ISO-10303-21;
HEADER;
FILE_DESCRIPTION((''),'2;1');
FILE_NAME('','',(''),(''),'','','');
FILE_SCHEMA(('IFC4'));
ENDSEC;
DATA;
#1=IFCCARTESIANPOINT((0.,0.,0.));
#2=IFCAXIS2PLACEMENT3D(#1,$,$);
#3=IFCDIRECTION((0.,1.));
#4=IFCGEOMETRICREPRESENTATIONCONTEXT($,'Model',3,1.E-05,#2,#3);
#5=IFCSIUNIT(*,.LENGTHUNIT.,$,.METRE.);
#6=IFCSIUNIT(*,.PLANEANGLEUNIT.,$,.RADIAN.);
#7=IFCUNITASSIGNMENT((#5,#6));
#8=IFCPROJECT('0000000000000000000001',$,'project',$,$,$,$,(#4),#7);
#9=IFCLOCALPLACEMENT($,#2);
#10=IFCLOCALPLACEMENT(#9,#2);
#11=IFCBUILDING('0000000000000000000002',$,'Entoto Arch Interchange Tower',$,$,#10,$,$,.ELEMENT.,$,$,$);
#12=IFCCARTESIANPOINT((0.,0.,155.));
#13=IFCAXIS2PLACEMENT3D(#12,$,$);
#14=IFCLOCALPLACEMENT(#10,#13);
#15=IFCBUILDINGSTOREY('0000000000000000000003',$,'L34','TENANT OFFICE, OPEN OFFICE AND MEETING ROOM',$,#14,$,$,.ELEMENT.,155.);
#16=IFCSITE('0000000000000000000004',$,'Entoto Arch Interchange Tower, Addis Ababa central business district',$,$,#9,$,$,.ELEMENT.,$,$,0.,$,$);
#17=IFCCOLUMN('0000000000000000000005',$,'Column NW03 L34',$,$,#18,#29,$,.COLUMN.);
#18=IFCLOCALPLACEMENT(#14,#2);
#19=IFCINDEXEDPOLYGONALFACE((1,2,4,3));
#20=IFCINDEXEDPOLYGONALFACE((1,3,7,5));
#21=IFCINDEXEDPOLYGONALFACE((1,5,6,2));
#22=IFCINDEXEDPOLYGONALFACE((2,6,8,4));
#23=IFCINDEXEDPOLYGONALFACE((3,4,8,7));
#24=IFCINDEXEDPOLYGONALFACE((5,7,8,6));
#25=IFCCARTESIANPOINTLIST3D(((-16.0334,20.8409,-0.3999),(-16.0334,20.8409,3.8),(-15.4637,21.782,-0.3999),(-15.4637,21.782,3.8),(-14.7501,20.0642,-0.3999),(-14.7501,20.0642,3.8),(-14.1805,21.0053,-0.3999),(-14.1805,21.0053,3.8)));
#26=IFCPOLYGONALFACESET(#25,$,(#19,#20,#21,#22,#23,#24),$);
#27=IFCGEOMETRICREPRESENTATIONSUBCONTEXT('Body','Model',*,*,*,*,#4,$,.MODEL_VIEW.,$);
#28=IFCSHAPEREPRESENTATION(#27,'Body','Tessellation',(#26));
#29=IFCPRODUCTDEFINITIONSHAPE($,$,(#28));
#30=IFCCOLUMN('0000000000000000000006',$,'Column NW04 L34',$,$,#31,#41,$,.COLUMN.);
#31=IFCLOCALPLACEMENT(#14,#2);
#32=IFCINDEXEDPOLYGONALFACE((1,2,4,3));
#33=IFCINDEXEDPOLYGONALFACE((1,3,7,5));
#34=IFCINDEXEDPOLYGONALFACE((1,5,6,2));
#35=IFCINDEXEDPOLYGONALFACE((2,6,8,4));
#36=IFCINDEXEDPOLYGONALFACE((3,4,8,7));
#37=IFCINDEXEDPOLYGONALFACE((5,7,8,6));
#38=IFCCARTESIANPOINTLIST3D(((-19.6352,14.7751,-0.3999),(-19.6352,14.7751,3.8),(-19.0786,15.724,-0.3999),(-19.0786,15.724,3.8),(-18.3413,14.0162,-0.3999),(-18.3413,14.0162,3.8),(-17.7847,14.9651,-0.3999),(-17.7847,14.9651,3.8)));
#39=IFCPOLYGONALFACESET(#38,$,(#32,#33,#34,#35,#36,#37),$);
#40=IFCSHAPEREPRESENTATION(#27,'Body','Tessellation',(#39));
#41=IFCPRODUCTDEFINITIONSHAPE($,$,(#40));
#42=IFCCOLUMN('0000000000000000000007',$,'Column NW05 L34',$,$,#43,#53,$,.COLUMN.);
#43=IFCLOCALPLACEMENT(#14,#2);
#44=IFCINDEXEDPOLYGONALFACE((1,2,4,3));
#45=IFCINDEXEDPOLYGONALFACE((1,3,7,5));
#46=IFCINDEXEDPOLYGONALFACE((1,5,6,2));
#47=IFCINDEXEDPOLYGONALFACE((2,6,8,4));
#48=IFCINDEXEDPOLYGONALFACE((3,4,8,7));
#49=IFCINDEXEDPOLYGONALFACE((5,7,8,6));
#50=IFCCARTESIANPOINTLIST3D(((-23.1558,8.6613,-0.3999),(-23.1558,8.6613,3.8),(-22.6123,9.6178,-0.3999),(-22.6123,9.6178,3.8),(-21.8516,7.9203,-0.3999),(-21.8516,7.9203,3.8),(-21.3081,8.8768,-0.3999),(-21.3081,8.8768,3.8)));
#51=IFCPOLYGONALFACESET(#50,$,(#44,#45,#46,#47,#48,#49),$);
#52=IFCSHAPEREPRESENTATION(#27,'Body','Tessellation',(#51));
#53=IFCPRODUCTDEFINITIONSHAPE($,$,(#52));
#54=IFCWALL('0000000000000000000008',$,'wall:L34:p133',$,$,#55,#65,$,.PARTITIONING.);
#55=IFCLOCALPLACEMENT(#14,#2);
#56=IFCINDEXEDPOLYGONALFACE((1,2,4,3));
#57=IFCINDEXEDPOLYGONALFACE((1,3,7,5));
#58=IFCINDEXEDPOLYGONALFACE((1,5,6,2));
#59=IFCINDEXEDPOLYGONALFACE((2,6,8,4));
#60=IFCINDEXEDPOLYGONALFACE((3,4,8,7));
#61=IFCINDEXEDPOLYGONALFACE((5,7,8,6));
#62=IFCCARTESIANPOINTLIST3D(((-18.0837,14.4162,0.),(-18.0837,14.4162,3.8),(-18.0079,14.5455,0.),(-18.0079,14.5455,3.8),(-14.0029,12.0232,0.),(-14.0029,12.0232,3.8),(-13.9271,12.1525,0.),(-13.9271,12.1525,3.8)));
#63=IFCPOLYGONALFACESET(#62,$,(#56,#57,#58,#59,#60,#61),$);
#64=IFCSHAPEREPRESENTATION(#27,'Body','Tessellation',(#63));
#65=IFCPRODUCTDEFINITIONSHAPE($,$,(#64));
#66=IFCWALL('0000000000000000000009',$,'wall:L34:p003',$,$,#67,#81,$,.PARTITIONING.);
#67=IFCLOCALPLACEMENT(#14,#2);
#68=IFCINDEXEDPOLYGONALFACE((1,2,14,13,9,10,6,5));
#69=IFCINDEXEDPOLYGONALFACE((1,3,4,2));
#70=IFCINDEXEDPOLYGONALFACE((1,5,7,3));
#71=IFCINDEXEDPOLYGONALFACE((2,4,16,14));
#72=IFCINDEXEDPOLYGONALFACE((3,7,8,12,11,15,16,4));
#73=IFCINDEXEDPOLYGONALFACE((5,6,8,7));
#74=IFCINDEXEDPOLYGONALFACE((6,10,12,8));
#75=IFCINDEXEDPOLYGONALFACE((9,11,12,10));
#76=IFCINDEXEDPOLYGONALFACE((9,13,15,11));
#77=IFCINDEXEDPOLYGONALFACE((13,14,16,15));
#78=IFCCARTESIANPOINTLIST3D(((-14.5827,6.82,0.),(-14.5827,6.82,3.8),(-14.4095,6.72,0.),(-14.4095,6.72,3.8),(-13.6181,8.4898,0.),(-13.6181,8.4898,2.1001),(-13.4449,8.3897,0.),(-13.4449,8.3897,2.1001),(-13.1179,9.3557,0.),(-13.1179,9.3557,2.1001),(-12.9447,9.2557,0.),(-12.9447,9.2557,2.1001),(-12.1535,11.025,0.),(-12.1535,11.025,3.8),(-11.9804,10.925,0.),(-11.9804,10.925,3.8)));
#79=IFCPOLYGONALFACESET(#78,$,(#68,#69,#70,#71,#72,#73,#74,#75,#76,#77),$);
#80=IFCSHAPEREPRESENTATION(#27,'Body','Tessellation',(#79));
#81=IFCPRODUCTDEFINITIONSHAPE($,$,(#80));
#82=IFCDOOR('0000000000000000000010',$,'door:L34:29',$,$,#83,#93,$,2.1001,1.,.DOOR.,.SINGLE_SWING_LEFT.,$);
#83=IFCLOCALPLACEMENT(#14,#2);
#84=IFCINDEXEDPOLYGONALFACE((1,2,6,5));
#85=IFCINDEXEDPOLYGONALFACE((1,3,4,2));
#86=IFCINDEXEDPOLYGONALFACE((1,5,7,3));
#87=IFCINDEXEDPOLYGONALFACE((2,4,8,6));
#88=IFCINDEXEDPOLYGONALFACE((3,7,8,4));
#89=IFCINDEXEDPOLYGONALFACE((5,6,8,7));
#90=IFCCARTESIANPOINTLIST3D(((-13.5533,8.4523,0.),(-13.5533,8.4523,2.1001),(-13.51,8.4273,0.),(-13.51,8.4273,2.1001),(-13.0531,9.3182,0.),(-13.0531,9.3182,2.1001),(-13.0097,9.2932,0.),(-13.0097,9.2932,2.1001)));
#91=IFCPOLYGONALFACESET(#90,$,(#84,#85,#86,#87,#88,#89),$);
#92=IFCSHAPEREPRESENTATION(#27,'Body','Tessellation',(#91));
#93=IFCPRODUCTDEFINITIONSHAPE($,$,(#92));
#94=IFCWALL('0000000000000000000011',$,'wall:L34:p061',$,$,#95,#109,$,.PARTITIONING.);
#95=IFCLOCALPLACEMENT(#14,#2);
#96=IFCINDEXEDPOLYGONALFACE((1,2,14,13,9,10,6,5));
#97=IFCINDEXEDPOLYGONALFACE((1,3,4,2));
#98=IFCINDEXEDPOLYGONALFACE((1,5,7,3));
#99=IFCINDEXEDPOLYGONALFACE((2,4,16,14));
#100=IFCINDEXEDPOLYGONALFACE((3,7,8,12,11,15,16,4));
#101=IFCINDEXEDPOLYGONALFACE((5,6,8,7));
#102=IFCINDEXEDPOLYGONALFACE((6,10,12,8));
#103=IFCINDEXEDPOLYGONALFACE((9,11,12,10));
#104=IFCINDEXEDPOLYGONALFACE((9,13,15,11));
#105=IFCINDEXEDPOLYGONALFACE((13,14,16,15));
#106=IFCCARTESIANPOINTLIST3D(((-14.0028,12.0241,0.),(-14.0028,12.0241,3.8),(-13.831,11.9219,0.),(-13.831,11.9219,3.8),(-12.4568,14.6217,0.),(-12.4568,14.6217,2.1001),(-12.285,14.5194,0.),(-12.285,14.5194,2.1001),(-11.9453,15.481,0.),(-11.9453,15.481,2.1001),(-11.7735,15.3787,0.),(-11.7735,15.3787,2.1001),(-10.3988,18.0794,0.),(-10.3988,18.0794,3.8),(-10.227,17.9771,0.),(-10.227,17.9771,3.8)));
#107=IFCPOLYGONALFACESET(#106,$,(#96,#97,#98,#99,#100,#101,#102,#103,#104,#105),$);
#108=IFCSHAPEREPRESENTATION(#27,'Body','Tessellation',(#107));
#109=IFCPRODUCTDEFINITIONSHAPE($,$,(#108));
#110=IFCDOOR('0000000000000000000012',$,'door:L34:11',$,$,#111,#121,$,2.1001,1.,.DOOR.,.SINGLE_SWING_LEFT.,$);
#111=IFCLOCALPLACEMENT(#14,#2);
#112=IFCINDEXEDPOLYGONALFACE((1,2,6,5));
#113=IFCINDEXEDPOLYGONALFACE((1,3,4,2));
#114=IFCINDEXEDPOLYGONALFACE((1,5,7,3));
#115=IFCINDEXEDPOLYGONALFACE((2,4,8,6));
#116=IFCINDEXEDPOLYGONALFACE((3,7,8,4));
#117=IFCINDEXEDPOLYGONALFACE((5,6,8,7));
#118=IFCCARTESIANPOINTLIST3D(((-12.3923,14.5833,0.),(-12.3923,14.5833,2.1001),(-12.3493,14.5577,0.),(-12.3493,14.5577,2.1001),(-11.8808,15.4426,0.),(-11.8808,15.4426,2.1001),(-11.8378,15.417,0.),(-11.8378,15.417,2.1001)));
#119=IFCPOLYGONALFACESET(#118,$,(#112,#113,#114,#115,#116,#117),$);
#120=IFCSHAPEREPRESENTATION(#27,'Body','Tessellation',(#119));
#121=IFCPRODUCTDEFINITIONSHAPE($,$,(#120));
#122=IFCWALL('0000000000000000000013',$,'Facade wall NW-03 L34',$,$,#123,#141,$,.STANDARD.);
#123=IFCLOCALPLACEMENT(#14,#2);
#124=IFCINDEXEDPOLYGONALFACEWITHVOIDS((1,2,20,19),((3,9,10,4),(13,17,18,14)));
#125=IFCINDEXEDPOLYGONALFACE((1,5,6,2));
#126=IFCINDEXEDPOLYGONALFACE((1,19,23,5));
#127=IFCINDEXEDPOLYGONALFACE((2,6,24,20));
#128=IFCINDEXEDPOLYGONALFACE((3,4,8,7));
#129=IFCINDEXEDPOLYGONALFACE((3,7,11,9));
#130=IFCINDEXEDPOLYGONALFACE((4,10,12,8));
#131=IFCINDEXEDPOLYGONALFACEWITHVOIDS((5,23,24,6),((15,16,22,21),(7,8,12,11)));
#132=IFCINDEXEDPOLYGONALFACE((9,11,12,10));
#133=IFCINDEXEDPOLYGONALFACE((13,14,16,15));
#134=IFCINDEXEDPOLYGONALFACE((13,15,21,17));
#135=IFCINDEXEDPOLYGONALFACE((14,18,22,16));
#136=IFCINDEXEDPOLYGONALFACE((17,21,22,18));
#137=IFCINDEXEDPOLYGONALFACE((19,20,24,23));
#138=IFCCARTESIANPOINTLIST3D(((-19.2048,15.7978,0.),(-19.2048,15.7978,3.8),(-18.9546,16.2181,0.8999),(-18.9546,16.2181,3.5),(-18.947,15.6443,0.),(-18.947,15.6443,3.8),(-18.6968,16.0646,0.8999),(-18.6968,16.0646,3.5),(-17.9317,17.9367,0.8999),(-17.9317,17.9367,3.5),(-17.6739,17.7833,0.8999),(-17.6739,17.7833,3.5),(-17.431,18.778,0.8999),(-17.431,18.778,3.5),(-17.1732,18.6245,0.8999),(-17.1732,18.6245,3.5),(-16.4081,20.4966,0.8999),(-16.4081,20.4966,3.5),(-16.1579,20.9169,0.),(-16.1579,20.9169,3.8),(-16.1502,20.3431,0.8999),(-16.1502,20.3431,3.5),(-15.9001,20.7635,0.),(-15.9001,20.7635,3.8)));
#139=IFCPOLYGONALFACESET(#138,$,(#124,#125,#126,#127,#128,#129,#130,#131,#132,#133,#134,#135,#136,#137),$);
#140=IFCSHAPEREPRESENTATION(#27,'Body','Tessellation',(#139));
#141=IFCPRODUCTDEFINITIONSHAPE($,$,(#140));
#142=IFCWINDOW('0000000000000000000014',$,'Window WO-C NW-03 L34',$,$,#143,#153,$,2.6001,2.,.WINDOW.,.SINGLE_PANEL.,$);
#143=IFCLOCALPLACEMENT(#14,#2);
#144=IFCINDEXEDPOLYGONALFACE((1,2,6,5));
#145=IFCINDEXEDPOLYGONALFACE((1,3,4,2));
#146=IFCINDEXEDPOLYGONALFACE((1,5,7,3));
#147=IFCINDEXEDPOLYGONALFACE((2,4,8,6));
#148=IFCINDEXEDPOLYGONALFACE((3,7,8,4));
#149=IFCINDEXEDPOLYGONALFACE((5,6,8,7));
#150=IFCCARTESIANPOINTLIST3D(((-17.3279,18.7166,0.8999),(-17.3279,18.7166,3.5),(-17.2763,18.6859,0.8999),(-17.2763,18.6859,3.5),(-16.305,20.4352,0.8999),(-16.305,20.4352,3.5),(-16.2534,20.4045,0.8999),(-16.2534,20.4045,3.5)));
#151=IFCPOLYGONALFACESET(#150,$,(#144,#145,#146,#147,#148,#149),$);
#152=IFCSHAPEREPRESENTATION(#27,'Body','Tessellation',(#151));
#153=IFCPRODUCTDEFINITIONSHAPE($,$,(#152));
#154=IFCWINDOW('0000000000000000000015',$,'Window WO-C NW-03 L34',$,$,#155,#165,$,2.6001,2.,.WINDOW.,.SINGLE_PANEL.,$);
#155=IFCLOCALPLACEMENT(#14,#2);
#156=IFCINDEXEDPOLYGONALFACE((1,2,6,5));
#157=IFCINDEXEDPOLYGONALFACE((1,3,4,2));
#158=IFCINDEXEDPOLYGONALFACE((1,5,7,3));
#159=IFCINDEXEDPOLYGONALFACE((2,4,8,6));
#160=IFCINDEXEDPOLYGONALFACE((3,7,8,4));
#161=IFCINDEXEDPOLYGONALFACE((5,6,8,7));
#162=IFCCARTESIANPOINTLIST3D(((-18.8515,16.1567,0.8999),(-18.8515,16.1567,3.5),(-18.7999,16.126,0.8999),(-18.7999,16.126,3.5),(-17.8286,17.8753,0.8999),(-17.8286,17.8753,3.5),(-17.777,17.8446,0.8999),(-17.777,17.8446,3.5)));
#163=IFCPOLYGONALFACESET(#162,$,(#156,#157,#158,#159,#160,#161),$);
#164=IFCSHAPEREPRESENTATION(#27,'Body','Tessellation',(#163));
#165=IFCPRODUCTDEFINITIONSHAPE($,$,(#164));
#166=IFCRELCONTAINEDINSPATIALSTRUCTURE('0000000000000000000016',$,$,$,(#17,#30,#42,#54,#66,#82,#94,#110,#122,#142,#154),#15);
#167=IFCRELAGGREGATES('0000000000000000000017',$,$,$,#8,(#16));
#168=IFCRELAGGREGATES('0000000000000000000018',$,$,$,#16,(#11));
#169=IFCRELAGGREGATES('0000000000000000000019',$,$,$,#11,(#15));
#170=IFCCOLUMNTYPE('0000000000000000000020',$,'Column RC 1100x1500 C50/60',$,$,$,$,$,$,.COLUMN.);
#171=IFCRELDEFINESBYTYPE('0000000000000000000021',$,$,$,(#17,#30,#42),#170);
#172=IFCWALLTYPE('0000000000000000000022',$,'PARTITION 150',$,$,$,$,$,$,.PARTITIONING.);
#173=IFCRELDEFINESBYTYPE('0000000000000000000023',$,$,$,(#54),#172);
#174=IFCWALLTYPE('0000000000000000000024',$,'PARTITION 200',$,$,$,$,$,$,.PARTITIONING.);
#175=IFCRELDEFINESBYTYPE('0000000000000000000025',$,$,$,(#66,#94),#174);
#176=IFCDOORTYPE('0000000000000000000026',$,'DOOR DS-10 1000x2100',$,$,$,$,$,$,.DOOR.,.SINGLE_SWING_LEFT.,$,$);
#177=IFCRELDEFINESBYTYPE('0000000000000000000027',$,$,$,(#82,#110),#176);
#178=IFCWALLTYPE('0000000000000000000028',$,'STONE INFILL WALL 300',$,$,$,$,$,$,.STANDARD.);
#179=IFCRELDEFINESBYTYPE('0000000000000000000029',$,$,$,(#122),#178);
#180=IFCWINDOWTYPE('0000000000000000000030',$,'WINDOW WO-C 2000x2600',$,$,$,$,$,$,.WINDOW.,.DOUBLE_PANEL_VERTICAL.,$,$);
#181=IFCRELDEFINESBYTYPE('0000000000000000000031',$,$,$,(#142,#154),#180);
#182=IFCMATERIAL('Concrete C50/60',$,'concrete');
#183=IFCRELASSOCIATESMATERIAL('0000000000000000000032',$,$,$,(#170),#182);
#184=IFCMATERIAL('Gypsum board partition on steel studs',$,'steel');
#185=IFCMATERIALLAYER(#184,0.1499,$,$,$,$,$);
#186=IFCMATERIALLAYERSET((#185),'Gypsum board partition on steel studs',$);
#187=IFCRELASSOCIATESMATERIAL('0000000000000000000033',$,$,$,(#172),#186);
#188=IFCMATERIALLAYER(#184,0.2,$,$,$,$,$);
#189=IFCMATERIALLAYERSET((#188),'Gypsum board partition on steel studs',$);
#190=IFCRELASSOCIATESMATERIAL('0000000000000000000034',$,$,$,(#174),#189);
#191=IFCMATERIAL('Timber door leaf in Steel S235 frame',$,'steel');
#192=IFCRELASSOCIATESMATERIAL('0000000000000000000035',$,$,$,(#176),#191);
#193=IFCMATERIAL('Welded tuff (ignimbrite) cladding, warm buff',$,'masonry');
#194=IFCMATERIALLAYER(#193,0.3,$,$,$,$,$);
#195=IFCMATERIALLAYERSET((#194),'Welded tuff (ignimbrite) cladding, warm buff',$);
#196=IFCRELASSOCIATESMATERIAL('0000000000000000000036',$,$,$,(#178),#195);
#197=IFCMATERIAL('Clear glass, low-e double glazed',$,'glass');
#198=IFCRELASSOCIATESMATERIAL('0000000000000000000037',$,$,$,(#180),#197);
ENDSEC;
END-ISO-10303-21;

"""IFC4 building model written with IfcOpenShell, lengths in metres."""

from ifc_helpers import new_model, si_unit, direction, frame, frame_2d, origin, origin_2d, place, context, subcontext, project, spatial, rectangle, extrude, material, layer, layer_set, material_profile, profile_set, type_object, element, fill, save


model = new_model("IFC4")

# Units and contexts
model_context = context("Model", 3, precision=1e-05, world=origin(), true_north=direction((0.0, 1.0)))
body_context = subcontext(model_context, "Body", "Model", "MODEL_VIEW")
ifc_project = project(units=[si_unit("LENGTHUNIT", "METRE"), si_unit("PLANEANGLEUNIT", "RADIAN")], contexts=[model_context])

# Site, building, storey
site_placement = place(None, origin())
site = spatial("IfcSite", under=ifc_project, at=site_placement, Name="Entoto Arch Interchange Tower, Addis Ababa central business district", CompositionType="ELEMENT", RefElevation=0.0)
building_placement = place(site_placement, origin())
building = spatial("IfcBuilding", under=site, at=building_placement, Name="Entoto Arch Interchange Tower", CompositionType="ELEMENT")
storey_placement = place(building_placement, frame((0.0, 0.0, 155.0)))
storey = spatial("IfcBuildingStorey", under=building, at=storey_placement, Name="L34", Description="TENANT OFFICE, OPEN OFFICE AND MEETING ROOM", CompositionType="ELEMENT", Elevation=155.0)

# Columns
ifc_material_1 = material(Name="Concrete C50/60", Category="concrete")
ifc_material_profile = material_profile(ifc_material_1, rectangle(XDim=1.1001, YDim=1.5, at=origin_2d()))
ifc_profile_set = profile_set([ifc_material_profile], Name="Concrete C50/60")
column_type = type_object("IfcColumnType", Name="Column RC 1100x1500 C50/60", PredefinedType="COLUMN", material=ifc_profile_set)
for number, where, z_axis, x_axis, name in (
    (1, (-15.1069, 20.9231, -0.3999), (0.0, 0.0, 1.0), (0.517803, 0.8555, 0.0), "Column NW03 L34"),
    (2, (-18.71, 14.8701, -0.3999), (0.0, 0.0, 1.0), (0.505958, 0.862558, 0.0), "Column NW04 L34"),
    (3, (-22.2319, 8.769, -0.3999), (0.0, 0.0, 1.0), (0.494018, 0.869452, 0.0), "Column NW05 L34"),
):
    element("IfcColumn", number, at=place(storey_placement, frame(where, z_axis=z_axis, x_axis=x_axis)), inside=storey, type_object=column_type, Name=name, PredefinedType="COLUMN", context=body_context, shape_type="SweptSolid", body=[
        extrude(rectangle(XDim=1.1001, YDim=1.5, at=origin_2d()), origin(), (0.0, 0.0, 1.0), 4.2),
    ])

# Wall
ifc_material_2 = material(Name="Gypsum board partition on steel studs", Category="steel")
ifc_layer_1 = layer(ifc_material_2, 0.1499)
ifc_layer_set_1 = layer_set([ifc_layer_1], Name="Gypsum board partition on steel studs")
wall_type_1 = type_object("IfcWallType", Name="PARTITION 150", PredefinedType="PARTITIONING", material=ifc_layer_set_1)
wall_1_placement = place(storey_placement, frame((-13.9651, 12.0879, 0.0), z_axis=(0.0, 0.0, 1.0), x_axis=(-0.862618, 0.505856, 0.0)))
element("IfcWall", 4, at=wall_1_placement, inside=storey, type_object=wall_type_1, Name="wall:L34:p133", PredefinedType="PARTITIONING", context=body_context, shape_type="SweptSolid", body=[
    extrude(rectangle(XDim=4.7307, YDim=0.1499, at=frame_2d((2.3652, 0.0))), origin(), (0.0, 0.0, 1.0), 3.8),
])

# Walls, openings, doors
ifc_layer_2 = layer(ifc_material_2, 0.2)
ifc_layer_set_2 = layer_set([ifc_layer_2], Name="Gypsum board partition on steel studs")
wall_type_2 = type_object("IfcWallType", Name="PARTITION 200", PredefinedType="PARTITIONING", material=ifc_layer_set_2)
wall_2_placement = place(storey_placement, frame((-12.0669, 10.9751, 0.0), z_axis=(0.0, 0.0, 1.0), x_axis=(-0.500216, -0.865901, 0.0)))
wall_2 = element("IfcWall", 5, at=wall_2_placement, inside=storey, type_object=wall_type_2, Name="wall:L34:p003", PredefinedType="PARTITIONING", context=body_context, shape_type="SweptSolid", body=[
    extrude(rectangle(XDim=4.8562, YDim=0.2, at=frame_2d((2.4282, 0.0))), origin(), (0.0, 0.0, 1.0), 3.8),
])
opening_1_placement = place(wall_2_placement, frame((1.928, 0.0, 0.0)))
opening_1 = element("IfcOpeningElement", 6, at=opening_1_placement, cuts=wall_2, PredefinedType="OPENING", context=body_context, shape_type="SweptSolid", body=[
    extrude(rectangle(XDim=1.0, YDim=2.1001, at=frame_2d((0.5, 1.05))), frame((0.0, 0.1099, 0.0), z_axis=(0.0, -1.0, 0.0), x_axis=(1.0, 0.0, 0.0)), (0.0, 0.0, 1.0), 0.22),
])
ifc_material_3 = material(Name="Timber door leaf in Steel S235 frame", Category="steel")
door_type = type_object("IfcDoorType", Name="DOOR DS-10 1000x2100", OperationType="SINGLE_SWING_LEFT", PredefinedType="DOOR", material=ifc_material_3)
door_1_placement = place(opening_1_placement, origin())
door_1 = element("IfcDoor", 7, at=door_1_placement, inside=storey, type_object=door_type, Name="door:L34:29", OperationType="SINGLE_SWING_LEFT", OverallHeight=2.1001, OverallWidth=1.0, PredefinedType="DOOR", context=body_context, shape_type="SweptSolid", body=[
    extrude(rectangle(XDim=1.0, YDim=2.1001, at=frame_2d((0.5, 1.05))), frame((0.0, 0.0249, 0.0), z_axis=(0.0, -1.0, 0.0), x_axis=(1.0, 0.0, 0.0)), (0.0, 0.0, 1.0), 0.05),
])
fill(opening_1, door_1)
wall_3_placement = place(storey_placement, frame((-13.917, 11.9729, 0.0), z_axis=(0.0, 0.0, 1.0), x_axis=(0.511456, 0.85931, 0.0)))
wall_3 = element("IfcWall", 8, at=wall_3_placement, inside=storey, type_object=wall_type_2, Name="wall:L34:p061", PredefinedType="PARTITIONING", context=body_context, shape_type="SweptSolid", body=[
    extrude(rectangle(XDim=7.0466, YDim=0.2, at=frame_2d((3.5234, 0.0))), origin(), (0.0, 0.0, 1.0), 3.8),
])
opening_2_placement = place(wall_3_placement, frame((3.0229, 0.0, 0.0)))
opening_2 = element("IfcOpeningElement", 9, at=opening_2_placement, cuts=wall_3, PredefinedType="OPENING", context=body_context, shape_type="SweptSolid", body=[
    extrude(rectangle(XDim=1.0, YDim=2.1001, at=frame_2d((0.5, 1.05))), frame((0.0, 0.1099, 0.0), z_axis=(0.0, -1.0, 0.0), x_axis=(1.0, 0.0, 0.0)), (0.0, 0.0, 1.0), 0.22),
])
door_2_placement = place(opening_2_placement, origin())
door_2 = element("IfcDoor", 10, at=door_2_placement, inside=storey, type_object=door_type, Name="door:L34:11", OperationType="SINGLE_SWING_LEFT", OverallHeight=2.1001, OverallWidth=1.0, PredefinedType="DOOR", context=body_context, shape_type="SweptSolid", body=[
    extrude(rectangle(XDim=1.0, YDim=2.1001, at=frame_2d((0.5, 1.05))), frame((0.0, 0.0249, 0.0), z_axis=(0.0, -1.0, 0.0), x_axis=(1.0, 0.0, 0.0)), (0.0, 0.0, 1.0), 0.05),
])
fill(opening_2, door_2)

# Wall, openings, windows
ifc_material_4 = material(Name="Welded tuff (ignimbrite) cladding, warm buff", Category="masonry")
ifc_layer_3 = layer(ifc_material_4, 0.3)
ifc_layer_set_3 = layer_set([ifc_layer_3], Name="Welded tuff (ignimbrite) cladding, warm buff")
wall_type_3 = type_object("IfcWallType", Name="STONE INFILL WALL 300", PredefinedType="STANDARD", material=ifc_layer_set_3)
wall_4_placement = place(storey_placement, frame((-16.0291, 20.8401, 0.0), z_axis=(0.0, 0.0, 1.0), x_axis=(-0.511455, -0.85931, 0.0)))
wall_4 = element("IfcWall", 11, at=wall_4_placement, inside=storey, type_object=wall_type_3, Name="Facade wall NW-03 L34", PredefinedType="STANDARD", context=body_context, shape_type="SweptSolid", body=[
    extrude(rectangle(XDim=5.9573, YDim=0.3, at=frame_2d((2.9785, 0.0))), origin(), (0.0, 0.0, 1.0), 3.8),
])
opening_3_placement = place(wall_4_placement, frame((0.489, 0.0, 0.8999)))
opening_3 = element("IfcOpeningElement", 12, at=opening_3_placement, cuts=wall_4, PredefinedType="OPENING", context=body_context, shape_type="SweptSolid", body=[
    extrude(rectangle(XDim=2.0, YDim=2.6001, at=frame_2d((1.0, 1.3))), frame((0.0, 0.1602, 0.0), z_axis=(0.0, -1.0, 0.0), x_axis=(1.0, 0.0, 0.0)), (0.0, 0.0, 1.0), 0.3201),
])
opening_4_placement = place(wall_4_placement, frame((3.468, 0.0, 0.8999)))
opening_4 = element("IfcOpeningElement", 13, at=opening_4_placement, cuts=wall_4, PredefinedType="OPENING", context=body_context, shape_type="SweptSolid", body=[
    extrude(rectangle(XDim=2.0, YDim=2.6001, at=frame_2d((1.0, 1.3))), frame((0.0, 0.1602, 0.0), z_axis=(0.0, -1.0, 0.0), x_axis=(1.0, 0.0, 0.0)), (0.0, 0.0, 1.0), 0.3201),
])
ifc_material_5 = material(Name="Clear glass, low-e double glazed", Category="glass")
window_type = type_object("IfcWindowType", Name="WINDOW WO-C 2000x2600", PartitioningType="DOUBLE_PANEL_VERTICAL", PredefinedType="WINDOW", material=ifc_material_5)
window_1_placement = place(opening_3_placement, origin())
window_1 = element("IfcWindow", 14, at=window_1_placement, inside=storey, type_object=window_type, Name="Window WO-C NW-03 L34", OverallHeight=2.6001, OverallWidth=2.0, PartitioningType="SINGLE_PANEL", PredefinedType="WINDOW", context=body_context, shape_type="SweptSolid", body=[
    extrude(rectangle(XDim=2.0, YDim=2.6001, at=frame_2d((1.0, 1.3))), frame((0.0, 0.03, 0.0), z_axis=(0.0, -1.0, 0.0), x_axis=(1.0, 0.0, 0.0)), (0.0, 0.0, 1.0), 0.0601),
])
fill(opening_3, window_1)
window_2_placement = place(opening_4_placement, origin())
window_2 = element("IfcWindow", 15, at=window_2_placement, inside=storey, type_object=window_type, Name="Window WO-C NW-03 L34", OverallHeight=2.6001, OverallWidth=2.0, PartitioningType="SINGLE_PANEL", PredefinedType="WINDOW", context=body_context, shape_type="SweptSolid", body=[
    extrude(rectangle(XDim=2.0, YDim=2.6001, at=frame_2d((1.0, 1.3))), frame((0.0, 0.03, 0.0), z_axis=(0.0, -1.0, 0.0), x_axis=(1.0, 0.0, 0.0)), (0.0, 0.0, 1.0), 0.0601),
])
fill(opening_4, window_2)

save(model, "model.ifc")
